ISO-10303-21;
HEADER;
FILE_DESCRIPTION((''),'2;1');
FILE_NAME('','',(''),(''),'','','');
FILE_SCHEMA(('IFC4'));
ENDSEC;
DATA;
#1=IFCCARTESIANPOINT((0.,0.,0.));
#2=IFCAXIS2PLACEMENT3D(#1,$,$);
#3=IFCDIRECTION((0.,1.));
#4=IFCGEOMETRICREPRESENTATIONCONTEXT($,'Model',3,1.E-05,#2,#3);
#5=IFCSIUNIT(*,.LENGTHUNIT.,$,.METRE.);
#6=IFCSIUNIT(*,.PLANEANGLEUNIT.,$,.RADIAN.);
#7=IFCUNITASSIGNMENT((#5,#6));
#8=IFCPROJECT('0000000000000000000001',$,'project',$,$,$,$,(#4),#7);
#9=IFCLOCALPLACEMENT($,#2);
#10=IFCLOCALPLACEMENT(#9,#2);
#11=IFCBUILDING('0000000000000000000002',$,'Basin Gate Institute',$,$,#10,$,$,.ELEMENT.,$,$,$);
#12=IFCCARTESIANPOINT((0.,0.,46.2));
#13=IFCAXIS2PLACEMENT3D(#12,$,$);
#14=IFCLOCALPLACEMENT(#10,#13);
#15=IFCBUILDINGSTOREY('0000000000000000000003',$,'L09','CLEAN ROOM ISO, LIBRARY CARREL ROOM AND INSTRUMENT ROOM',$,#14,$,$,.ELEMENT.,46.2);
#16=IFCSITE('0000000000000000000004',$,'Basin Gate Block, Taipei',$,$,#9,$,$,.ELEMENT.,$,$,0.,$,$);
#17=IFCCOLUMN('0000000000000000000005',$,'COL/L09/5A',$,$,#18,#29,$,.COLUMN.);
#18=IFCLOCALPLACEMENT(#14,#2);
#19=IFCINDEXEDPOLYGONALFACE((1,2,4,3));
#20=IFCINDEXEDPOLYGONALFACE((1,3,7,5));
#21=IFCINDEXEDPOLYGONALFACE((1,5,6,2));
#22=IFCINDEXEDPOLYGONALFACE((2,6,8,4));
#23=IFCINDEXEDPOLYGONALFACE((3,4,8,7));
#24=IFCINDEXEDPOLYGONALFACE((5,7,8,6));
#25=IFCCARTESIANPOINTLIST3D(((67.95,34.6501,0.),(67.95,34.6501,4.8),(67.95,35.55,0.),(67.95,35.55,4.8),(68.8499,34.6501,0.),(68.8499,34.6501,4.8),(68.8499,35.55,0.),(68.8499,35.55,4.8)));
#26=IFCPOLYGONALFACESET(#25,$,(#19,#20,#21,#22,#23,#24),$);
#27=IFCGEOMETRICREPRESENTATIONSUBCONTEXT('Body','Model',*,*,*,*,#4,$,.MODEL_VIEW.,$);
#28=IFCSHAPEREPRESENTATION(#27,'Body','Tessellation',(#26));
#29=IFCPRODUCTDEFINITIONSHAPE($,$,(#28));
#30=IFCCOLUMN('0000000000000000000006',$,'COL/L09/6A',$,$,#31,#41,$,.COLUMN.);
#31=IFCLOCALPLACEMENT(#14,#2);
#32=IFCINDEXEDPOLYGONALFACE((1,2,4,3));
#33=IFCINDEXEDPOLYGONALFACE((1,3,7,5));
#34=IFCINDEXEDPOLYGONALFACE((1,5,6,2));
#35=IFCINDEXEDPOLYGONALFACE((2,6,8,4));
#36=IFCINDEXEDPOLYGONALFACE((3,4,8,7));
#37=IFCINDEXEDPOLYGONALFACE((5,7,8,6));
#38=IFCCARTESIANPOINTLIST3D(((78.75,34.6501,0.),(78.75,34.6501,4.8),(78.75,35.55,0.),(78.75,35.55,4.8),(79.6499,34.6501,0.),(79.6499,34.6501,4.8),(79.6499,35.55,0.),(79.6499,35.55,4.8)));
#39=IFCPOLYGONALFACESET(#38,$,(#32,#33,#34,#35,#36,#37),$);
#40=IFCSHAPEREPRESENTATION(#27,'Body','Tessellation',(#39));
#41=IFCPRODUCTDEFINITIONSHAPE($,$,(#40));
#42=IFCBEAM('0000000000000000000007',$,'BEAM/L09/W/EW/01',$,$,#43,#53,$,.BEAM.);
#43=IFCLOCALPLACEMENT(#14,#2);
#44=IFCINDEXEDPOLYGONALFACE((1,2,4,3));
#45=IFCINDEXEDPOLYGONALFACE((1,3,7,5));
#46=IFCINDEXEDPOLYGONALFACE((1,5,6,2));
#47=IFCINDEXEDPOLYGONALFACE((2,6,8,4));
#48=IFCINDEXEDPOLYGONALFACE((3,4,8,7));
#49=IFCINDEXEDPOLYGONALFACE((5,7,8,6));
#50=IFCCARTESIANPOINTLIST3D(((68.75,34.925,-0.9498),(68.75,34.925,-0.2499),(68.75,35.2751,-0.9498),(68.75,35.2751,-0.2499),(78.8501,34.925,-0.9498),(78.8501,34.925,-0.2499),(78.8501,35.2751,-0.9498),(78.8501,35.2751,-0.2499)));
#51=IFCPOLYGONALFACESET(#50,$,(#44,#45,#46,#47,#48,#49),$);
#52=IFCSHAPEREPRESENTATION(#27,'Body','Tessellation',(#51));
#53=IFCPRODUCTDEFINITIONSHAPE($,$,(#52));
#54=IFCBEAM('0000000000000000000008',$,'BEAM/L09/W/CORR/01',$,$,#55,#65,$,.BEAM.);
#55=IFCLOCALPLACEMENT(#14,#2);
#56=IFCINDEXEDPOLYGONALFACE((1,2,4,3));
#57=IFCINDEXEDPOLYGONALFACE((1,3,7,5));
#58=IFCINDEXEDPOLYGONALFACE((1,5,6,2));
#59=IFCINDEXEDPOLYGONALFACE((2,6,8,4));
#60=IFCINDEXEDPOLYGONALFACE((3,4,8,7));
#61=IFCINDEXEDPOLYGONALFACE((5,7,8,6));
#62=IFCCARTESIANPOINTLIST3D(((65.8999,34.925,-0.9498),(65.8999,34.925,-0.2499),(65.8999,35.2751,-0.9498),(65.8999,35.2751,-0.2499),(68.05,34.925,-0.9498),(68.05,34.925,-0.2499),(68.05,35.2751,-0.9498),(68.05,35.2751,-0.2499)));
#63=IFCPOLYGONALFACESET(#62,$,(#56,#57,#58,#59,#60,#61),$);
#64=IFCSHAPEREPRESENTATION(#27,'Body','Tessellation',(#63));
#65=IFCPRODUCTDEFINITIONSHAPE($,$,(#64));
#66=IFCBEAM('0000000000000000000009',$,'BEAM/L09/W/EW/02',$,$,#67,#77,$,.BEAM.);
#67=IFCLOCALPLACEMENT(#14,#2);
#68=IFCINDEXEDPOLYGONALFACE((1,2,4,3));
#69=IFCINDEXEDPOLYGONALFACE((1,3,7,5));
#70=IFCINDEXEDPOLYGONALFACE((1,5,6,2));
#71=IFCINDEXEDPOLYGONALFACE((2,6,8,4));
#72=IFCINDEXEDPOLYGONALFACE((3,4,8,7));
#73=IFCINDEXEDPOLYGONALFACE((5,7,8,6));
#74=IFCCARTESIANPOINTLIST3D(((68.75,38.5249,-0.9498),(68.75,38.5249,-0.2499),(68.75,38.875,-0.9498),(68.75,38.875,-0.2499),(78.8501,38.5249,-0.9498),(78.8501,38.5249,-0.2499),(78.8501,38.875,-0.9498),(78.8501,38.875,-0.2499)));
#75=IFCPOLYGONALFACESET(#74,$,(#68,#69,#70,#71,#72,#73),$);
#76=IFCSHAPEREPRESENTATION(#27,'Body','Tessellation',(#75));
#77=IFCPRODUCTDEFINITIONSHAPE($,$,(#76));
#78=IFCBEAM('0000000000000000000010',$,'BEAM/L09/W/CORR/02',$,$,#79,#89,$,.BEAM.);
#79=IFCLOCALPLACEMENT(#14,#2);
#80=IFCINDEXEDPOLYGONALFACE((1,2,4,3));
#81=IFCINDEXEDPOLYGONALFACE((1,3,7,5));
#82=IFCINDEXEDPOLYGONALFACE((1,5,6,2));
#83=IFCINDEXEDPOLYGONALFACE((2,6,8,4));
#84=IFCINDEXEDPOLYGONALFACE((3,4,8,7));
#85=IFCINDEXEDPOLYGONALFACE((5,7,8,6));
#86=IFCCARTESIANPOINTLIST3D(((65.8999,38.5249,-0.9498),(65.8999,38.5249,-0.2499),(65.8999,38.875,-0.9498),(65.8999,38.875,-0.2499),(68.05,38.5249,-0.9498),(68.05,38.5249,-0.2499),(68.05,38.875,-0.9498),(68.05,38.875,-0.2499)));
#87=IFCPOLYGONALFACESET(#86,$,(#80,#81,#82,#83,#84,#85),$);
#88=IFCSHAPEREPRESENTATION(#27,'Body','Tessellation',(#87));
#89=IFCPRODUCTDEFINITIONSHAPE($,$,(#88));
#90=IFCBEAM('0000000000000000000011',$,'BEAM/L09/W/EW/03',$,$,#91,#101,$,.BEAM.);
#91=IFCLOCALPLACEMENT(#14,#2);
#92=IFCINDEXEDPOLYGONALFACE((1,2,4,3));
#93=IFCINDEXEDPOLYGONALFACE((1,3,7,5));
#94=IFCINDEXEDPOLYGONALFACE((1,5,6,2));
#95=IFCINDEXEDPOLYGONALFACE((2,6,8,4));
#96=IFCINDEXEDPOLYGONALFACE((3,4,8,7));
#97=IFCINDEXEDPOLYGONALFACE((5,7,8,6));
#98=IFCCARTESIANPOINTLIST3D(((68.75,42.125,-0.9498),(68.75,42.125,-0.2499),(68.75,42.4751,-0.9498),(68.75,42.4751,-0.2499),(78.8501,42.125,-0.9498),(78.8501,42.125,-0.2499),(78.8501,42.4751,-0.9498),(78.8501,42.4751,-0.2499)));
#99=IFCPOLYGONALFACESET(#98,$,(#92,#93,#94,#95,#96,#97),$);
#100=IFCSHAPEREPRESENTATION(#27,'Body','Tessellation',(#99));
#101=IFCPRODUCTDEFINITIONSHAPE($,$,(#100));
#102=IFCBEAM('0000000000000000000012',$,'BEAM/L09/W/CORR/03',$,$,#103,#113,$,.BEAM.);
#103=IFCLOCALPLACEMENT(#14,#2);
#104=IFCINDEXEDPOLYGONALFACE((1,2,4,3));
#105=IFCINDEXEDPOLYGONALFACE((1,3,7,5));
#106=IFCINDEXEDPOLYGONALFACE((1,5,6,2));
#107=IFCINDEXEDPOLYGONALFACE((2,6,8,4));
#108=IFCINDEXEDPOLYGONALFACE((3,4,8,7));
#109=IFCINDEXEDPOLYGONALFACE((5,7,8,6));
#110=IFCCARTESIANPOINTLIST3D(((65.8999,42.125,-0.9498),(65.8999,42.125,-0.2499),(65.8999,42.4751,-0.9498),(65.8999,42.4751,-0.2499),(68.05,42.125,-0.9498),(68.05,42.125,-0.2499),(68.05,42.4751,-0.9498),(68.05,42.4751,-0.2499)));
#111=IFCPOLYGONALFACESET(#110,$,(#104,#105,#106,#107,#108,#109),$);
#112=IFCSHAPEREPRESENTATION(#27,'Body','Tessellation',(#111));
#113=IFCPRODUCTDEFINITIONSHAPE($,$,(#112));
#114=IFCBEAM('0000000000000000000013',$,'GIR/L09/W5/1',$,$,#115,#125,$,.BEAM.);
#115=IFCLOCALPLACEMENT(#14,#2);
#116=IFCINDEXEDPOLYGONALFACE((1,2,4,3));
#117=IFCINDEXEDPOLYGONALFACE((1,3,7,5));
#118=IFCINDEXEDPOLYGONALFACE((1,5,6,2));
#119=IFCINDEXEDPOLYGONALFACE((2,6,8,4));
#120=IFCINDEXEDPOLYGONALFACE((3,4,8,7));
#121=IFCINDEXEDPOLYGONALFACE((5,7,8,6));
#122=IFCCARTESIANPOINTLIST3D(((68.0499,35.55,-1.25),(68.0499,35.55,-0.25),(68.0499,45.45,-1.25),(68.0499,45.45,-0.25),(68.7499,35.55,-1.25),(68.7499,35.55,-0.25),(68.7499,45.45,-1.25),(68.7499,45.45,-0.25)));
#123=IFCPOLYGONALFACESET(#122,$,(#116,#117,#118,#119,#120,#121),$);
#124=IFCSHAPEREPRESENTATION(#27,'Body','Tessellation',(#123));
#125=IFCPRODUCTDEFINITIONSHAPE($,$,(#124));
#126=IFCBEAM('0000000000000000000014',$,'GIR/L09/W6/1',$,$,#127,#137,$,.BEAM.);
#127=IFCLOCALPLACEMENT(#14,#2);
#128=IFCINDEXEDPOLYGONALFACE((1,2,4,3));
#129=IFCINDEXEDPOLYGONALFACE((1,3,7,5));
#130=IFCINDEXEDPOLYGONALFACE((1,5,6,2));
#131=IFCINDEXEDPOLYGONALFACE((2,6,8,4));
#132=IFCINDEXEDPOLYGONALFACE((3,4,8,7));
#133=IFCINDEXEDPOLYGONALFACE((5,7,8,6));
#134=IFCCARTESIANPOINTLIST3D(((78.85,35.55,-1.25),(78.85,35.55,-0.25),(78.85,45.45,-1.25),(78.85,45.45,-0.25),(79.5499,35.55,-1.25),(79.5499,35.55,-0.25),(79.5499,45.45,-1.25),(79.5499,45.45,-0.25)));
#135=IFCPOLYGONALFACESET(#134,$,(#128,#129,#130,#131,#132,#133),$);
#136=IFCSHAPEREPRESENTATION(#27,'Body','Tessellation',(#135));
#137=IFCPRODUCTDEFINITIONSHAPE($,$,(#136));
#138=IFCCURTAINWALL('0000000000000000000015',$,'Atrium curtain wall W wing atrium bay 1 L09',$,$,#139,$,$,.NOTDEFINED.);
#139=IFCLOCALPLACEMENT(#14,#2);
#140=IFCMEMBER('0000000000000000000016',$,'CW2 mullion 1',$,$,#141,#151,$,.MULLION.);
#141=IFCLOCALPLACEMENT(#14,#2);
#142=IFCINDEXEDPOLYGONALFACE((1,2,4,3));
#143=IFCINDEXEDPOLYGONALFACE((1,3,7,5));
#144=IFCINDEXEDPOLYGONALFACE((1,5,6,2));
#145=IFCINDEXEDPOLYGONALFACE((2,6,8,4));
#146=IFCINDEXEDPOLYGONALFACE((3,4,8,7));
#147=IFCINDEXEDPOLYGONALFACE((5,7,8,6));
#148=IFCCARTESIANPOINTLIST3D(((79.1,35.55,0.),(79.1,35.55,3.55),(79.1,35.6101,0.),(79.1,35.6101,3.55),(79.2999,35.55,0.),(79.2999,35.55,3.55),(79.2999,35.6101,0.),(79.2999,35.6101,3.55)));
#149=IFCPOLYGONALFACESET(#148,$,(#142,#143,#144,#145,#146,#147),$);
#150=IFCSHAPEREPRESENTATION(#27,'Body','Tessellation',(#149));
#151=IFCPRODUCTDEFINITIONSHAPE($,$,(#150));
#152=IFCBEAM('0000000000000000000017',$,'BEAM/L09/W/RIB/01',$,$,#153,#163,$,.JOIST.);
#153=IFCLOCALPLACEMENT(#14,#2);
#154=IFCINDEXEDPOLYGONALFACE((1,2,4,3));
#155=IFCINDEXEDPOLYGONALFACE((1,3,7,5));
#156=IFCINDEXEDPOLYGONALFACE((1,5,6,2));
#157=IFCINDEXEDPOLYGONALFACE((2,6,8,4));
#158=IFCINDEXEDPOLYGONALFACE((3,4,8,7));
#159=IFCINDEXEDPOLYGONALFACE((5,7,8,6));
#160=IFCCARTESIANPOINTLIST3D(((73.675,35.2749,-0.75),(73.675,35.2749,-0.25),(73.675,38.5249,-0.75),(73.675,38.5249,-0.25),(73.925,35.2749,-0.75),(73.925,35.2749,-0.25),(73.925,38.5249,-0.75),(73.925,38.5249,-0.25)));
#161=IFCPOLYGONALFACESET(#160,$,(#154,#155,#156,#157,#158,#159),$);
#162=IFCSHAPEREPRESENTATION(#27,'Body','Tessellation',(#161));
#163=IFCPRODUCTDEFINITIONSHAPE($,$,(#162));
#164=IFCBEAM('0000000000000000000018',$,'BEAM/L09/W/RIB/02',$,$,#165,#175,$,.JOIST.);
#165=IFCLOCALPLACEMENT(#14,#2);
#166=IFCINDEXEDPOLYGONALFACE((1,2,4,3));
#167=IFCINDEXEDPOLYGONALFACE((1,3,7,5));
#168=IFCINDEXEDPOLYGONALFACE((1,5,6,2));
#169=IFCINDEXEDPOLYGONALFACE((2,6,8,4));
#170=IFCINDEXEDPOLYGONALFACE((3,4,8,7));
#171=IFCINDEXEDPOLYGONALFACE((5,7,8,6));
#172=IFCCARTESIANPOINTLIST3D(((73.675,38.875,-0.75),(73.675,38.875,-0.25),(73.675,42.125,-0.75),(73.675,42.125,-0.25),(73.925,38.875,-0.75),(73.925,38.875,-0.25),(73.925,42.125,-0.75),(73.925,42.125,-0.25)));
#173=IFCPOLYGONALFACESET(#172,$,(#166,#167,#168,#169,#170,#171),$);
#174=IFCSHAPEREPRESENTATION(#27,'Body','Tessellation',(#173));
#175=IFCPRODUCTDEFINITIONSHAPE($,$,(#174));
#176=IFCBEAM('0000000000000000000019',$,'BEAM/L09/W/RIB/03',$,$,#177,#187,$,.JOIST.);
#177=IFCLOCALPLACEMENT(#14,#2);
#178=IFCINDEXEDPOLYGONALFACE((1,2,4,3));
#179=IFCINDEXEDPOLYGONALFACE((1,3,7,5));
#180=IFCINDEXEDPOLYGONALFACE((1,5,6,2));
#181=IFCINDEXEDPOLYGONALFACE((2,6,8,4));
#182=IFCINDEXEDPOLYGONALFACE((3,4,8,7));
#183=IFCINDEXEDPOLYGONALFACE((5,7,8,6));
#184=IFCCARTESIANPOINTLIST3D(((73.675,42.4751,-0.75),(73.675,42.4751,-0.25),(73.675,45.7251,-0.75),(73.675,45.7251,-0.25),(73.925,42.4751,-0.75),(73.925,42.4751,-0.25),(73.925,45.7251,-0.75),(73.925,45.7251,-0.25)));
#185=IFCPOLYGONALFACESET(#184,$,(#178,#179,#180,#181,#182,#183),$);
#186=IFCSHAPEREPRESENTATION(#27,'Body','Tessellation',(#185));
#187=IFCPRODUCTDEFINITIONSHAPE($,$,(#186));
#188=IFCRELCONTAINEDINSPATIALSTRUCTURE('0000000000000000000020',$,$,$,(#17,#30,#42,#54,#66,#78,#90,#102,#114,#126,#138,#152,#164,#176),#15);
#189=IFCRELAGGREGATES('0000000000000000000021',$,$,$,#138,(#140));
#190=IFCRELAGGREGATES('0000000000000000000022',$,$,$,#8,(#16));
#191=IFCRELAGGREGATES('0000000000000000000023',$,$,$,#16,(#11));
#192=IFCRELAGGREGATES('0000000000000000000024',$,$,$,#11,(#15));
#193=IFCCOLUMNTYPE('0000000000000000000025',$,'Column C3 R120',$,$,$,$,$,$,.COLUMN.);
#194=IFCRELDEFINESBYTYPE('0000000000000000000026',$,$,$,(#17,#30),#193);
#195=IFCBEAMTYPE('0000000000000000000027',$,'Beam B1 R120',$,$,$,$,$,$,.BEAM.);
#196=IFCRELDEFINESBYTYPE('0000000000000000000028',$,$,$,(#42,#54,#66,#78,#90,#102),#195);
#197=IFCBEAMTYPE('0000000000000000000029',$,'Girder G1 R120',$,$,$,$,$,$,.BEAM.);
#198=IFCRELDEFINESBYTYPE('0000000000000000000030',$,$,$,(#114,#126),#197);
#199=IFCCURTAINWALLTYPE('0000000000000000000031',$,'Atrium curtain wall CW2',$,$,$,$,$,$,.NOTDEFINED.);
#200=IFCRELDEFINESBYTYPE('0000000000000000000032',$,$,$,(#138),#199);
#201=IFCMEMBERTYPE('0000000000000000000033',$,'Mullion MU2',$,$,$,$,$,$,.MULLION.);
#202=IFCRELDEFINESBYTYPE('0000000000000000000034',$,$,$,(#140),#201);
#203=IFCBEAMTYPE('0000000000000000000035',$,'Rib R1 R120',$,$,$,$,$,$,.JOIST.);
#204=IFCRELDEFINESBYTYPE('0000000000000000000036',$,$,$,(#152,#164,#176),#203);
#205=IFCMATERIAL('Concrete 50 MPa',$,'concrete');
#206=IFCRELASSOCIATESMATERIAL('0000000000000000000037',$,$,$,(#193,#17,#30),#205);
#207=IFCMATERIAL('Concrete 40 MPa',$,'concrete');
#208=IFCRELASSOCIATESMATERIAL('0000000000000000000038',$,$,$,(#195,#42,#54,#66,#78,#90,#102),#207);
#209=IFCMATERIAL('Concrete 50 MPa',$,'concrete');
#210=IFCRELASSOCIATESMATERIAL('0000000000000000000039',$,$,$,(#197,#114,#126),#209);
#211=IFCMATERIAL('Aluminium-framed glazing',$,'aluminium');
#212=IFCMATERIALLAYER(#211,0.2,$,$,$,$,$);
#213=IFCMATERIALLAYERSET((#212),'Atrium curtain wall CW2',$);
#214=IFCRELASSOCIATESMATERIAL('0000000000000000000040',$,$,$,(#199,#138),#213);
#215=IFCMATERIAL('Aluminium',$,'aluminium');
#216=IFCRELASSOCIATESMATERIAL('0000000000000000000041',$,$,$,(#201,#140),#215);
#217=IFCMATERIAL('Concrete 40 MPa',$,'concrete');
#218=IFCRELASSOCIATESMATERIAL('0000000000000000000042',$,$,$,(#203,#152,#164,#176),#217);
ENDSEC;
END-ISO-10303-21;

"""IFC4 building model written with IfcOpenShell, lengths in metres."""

from ifc_helpers import new_model, si_unit, direction, frame, origin, origin_2d, place, context, subcontext, project, spatial, rectangle, extrude, material, layer, layer_set, material_profile, profile_set, type_object, element, aggregate, save


model = new_model("IFC4")

# Units and contexts
model_context = context("Model", 3, precision=1e-05, world=origin(), true_north=direction((0.0, 1.0)))
body_context = subcontext(model_context, "Body", "Model", "MODEL_VIEW")
ifc_project = project(units=[si_unit("LENGTHUNIT", "METRE"), si_unit("PLANEANGLEUNIT", "RADIAN")], contexts=[model_context])

# Site, building, storey
site_placement = place(None, origin())
site = spatial("IfcSite", under=ifc_project, at=site_placement, Name="Basin Gate Block, Taipei", CompositionType="ELEMENT", RefElevation=0.0)
building_placement = place(site_placement, origin())
building = spatial("IfcBuilding", under=site, at=building_placement, Name="Basin Gate Institute", CompositionType="ELEMENT")
storey_placement = place(building_placement, frame((0.0, 0.0, 46.2)))
storey = spatial("IfcBuildingStorey", under=building, at=storey_placement, Name="L09", Description="CLEAN ROOM ISO, LIBRARY CARREL ROOM AND INSTRUMENT ROOM", CompositionType="ELEMENT", Elevation=46.2)

# Columns
ifc_material_1 = material(Name="Concrete 50 MPa", Category="concrete")
ifc_material_profile_1 = material_profile(ifc_material_1, rectangle(XDim=0.8999, YDim=0.8999, at=origin_2d()), Name="Column C3 900 x 900")
ifc_profile_set_1 = profile_set([ifc_material_profile_1], Name="Concrete 50 MPa")
column_type = type_object("IfcColumnType", Name="Column C3 R120", PredefinedType="COLUMN", material=ifc_profile_set_1)
for number, where, z_axis, x_axis, name in (
    (1, (68.3999, 35.1001, 0.0), (0.0, 0.0, 1.0), (1.0, 0.0, 0.0), "COL/L09/5A"),
    (2, (79.2, 35.1001, 0.0), (0.0, 0.0, 1.0), (1.0, 0.0, 0.0), "COL/L09/6A"),
):
    element("IfcColumn", number, at=place(storey_placement, frame(where, z_axis=z_axis, x_axis=x_axis)), inside=storey, type_object=column_type, material=ifc_profile_set_1, Name=name, PredefinedType="COLUMN", context=body_context, shape_type="SweptSolid", body=[
        extrude(rectangle(XDim=0.8999, YDim=0.8999, at=origin_2d()), origin(), (0.0, 0.0, 1.0), 4.8),
    ])

# Beams
ifc_material_2 = material(Name="Concrete 40 MPa", Category="concrete")
ifc_material_profile_2 = material_profile(ifc_material_2, rectangle(XDim=0.3501, YDim=0.7, at=origin_2d()), Name="Beam B1 350 x 700")
ifc_profile_set_2 = profile_set([ifc_material_profile_2], Name="Concrete 40 MPa")
beam_type_1 = type_object("IfcBeamType", Name="Beam B1 R120", PredefinedType="BEAM", material=ifc_profile_set_2)
beam_1_placement = place(storey_placement, frame((68.75, 35.1001, -0.5999), z_axis=(1.0, 0.0, 0.0), x_axis=(0.0, 1.0, 0.0)))
element("IfcBeam", 3, at=beam_1_placement, inside=storey, type_object=beam_type_1, material=ifc_profile_set_2, Name="BEAM/L09/W/EW/01", PredefinedType="BEAM", context=body_context, shape_type="SweptSolid", body=[
    extrude(rectangle(XDim=0.3501, YDim=0.7, at=origin_2d()), origin(), (0.0, 0.0, 1.0), 10.1001),
])
beam_2_placement = place(storey_placement, frame((65.8999, 35.1001, -0.5999), z_axis=(1.0, 0.0, 0.0), x_axis=(0.0, 1.0, 0.0)))
element("IfcBeam", 4, at=beam_2_placement, inside=storey, type_object=beam_type_1, material=ifc_profile_set_2, Name="BEAM/L09/W/CORR/01", PredefinedType="BEAM", context=body_context, shape_type="SweptSolid", body=[
    extrude(rectangle(XDim=0.3501, YDim=0.7, at=origin_2d()), origin(), (0.0, 0.0, 1.0), 2.1501),
])
beam_3_placement = place(storey_placement, frame((68.75, 38.7, -0.5999), z_axis=(1.0, 0.0, 0.0), x_axis=(0.0, 1.0, 0.0)))
element("IfcBeam", 5, at=beam_3_placement, inside=storey, type_object=beam_type_1, material=ifc_profile_set_2, Name="BEAM/L09/W/EW/02", PredefinedType="BEAM", context=body_context, shape_type="SweptSolid", body=[
    extrude(rectangle(XDim=0.3501, YDim=0.7, at=origin_2d()), origin(), (0.0, 0.0, 1.0), 10.1001),
])
beam_4_placement = place(storey_placement, frame((65.8999, 38.7, -0.5999), z_axis=(1.0, 0.0, 0.0), x_axis=(0.0, 1.0, 0.0)))
element("IfcBeam", 6, at=beam_4_placement, inside=storey, type_object=beam_type_1, material=ifc_profile_set_2, Name="BEAM/L09/W/CORR/02", PredefinedType="BEAM", context=body_context, shape_type="SweptSolid", body=[
    extrude(rectangle(XDim=0.3501, YDim=0.7, at=origin_2d()), origin(), (0.0, 0.0, 1.0), 2.1501),
])
beam_5_placement = place(storey_placement, frame((68.75, 42.3, -0.5999), z_axis=(1.0, 0.0, 0.0), x_axis=(0.0, 1.0, 0.0)))
element("IfcBeam", 7, at=beam_5_placement, inside=storey, type_object=beam_type_1, material=ifc_profile_set_2, Name="BEAM/L09/W/EW/03", PredefinedType="BEAM", context=body_context, shape_type="SweptSolid", body=[
    extrude(rectangle(XDim=0.3501, YDim=0.7, at=origin_2d()), origin(), (0.0, 0.0, 1.0), 10.1001),
])
beam_6_placement = place(storey_placement, frame((65.8999, 42.3, -0.5999), z_axis=(1.0, 0.0, 0.0), x_axis=(0.0, 1.0, 0.0)))
element("IfcBeam", 8, at=beam_6_placement, inside=storey, type_object=beam_type_1, material=ifc_profile_set_2, Name="BEAM/L09/W/CORR/03", PredefinedType="BEAM", context=body_context, shape_type="SweptSolid", body=[
    extrude(rectangle(XDim=0.3501, YDim=0.7, at=origin_2d()), origin(), (0.0, 0.0, 1.0), 2.1501),
])
ifc_material_3 = material(Name="Concrete 50 MPa", Category="concrete")
ifc_material_profile_3 = material_profile(ifc_material_3, rectangle(XDim=0.7, YDim=1.0, at=origin_2d()), Name="Girder G1 700 x 1000")
ifc_profile_set_3 = profile_set([ifc_material_profile_3], Name="Concrete 50 MPa")
beam_type_2 = type_object("IfcBeamType", Name="Girder G1 R120", PredefinedType="BEAM", material=ifc_profile_set_3)
for number, where, z_axis, x_axis, name in (
    (9, (68.3999, 35.55, -0.75), (0.0, 1.0, 0.0), (-1.0, 0.0, 0.0), "GIR/L09/W5/1"),
    (10, (79.2, 35.55, -0.75), (0.0, 1.0, 0.0), (-1.0, 0.0, 0.0), "GIR/L09/W6/1"),
):
    element("IfcBeam", number, at=place(storey_placement, frame(where, z_axis=z_axis, x_axis=x_axis)), inside=storey, type_object=beam_type_2, material=ifc_profile_set_3, Name=name, PredefinedType="BEAM", context=body_context, shape_type="SweptSolid", body=[
        extrude(rectangle(XDim=0.7, YDim=1.0, at=origin_2d()), origin(), (0.0, 0.0, 1.0), 9.8999),
    ])

# Curtain wall, member
ifc_material_4 = material(Name="Aluminium-framed glazing", Category="aluminium")
ifc_layer_1 = layer(ifc_material_4, 0.2)
ifc_layer_set_1 = layer_set([ifc_layer_1], Name="Atrium curtain wall CW2")
curtain_wall_type = type_object("IfcCurtainWallType", Name="Atrium curtain wall CW2", PredefinedType="NOTDEFINED", material=ifc_layer_set_1)
curtain_wall_placement = place(storey_placement, origin())
curtain_wall = element("IfcCurtainWall", 11, at=curtain_wall_placement, inside=storey, type_object=curtain_wall_type, material=ifc_layer_set_1, Name="Atrium curtain wall W wing atrium bay 1 L09", PredefinedType="NOTDEFINED")
ifc_material_5 = material(Name="Aluminium", Category="aluminium")
ifc_material_profile_4 = material_profile(ifc_material_5, rectangle(XDim=0.2, YDim=0.0601, at=origin_2d()), Name="Mullion MU2 200 x 60")
ifc_profile_set_4 = profile_set([ifc_material_profile_4], Name="Aluminium")
member_type = type_object("IfcMemberType", Name="Mullion MU2", PredefinedType="MULLION", material=ifc_profile_set_4)
member_placement = place(storey_placement, frame((79.2, 35.5801, 0.0), z_axis=(0.0, 0.0, 1.0), x_axis=(-1.0, 0.0, 0.0)))
member = element("IfcMember", 12, at=member_placement, type_object=member_type, material=ifc_profile_set_4, Name="CW2 mullion 1", PredefinedType="MULLION", context=body_context, shape_type="SweptSolid", body=[
    extrude(rectangle(XDim=0.2, YDim=0.0601, at=origin_2d()), origin(), (0.0, 0.0, 1.0), 3.55),
])
aggregate(curtain_wall, [member])

# Beams
ifc_material_6 = material(Name="Concrete 40 MPa", Category="concrete")
ifc_material_profile_5 = material_profile(ifc_material_6, rectangle(XDim=0.25, YDim=0.5, at=origin_2d()), Name="Rib R1 250 x 500")
ifc_profile_set_5 = profile_set([ifc_material_profile_5], Name="Concrete 40 MPa")
beam_type_3 = type_object("IfcBeamType", Name="Rib R1 R120", PredefinedType="JOIST", material=ifc_profile_set_5)
for number, where, z_axis, x_axis, name in (
    (13, (73.8, 35.2749, -0.5), (0.0, 1.0, 0.0), (-1.0, 0.0, 0.0), "BEAM/L09/W/RIB/01"),
    (14, (73.8, 38.875, -0.5), (0.0, 1.0, 0.0), (-1.0, 0.0, 0.0), "BEAM/L09/W/RIB/02"),
    (15, (73.8, 42.4751, -0.5), (0.0, 1.0, 0.0), (-1.0, 0.0, 0.0), "BEAM/L09/W/RIB/03"),
):
    element("IfcBeam", number, at=place(storey_placement, frame(where, z_axis=z_axis, x_axis=x_axis)), inside=storey, type_object=beam_type_3, material=ifc_profile_set_5, Name=name, PredefinedType="JOIST", context=body_context, shape_type="SweptSolid", body=[
        extrude(rectangle(XDim=0.25, YDim=0.5, at=origin_2d()), origin(), (0.0, 0.0, 1.0), 3.25),
    ])

save(model, "model.ifc")
